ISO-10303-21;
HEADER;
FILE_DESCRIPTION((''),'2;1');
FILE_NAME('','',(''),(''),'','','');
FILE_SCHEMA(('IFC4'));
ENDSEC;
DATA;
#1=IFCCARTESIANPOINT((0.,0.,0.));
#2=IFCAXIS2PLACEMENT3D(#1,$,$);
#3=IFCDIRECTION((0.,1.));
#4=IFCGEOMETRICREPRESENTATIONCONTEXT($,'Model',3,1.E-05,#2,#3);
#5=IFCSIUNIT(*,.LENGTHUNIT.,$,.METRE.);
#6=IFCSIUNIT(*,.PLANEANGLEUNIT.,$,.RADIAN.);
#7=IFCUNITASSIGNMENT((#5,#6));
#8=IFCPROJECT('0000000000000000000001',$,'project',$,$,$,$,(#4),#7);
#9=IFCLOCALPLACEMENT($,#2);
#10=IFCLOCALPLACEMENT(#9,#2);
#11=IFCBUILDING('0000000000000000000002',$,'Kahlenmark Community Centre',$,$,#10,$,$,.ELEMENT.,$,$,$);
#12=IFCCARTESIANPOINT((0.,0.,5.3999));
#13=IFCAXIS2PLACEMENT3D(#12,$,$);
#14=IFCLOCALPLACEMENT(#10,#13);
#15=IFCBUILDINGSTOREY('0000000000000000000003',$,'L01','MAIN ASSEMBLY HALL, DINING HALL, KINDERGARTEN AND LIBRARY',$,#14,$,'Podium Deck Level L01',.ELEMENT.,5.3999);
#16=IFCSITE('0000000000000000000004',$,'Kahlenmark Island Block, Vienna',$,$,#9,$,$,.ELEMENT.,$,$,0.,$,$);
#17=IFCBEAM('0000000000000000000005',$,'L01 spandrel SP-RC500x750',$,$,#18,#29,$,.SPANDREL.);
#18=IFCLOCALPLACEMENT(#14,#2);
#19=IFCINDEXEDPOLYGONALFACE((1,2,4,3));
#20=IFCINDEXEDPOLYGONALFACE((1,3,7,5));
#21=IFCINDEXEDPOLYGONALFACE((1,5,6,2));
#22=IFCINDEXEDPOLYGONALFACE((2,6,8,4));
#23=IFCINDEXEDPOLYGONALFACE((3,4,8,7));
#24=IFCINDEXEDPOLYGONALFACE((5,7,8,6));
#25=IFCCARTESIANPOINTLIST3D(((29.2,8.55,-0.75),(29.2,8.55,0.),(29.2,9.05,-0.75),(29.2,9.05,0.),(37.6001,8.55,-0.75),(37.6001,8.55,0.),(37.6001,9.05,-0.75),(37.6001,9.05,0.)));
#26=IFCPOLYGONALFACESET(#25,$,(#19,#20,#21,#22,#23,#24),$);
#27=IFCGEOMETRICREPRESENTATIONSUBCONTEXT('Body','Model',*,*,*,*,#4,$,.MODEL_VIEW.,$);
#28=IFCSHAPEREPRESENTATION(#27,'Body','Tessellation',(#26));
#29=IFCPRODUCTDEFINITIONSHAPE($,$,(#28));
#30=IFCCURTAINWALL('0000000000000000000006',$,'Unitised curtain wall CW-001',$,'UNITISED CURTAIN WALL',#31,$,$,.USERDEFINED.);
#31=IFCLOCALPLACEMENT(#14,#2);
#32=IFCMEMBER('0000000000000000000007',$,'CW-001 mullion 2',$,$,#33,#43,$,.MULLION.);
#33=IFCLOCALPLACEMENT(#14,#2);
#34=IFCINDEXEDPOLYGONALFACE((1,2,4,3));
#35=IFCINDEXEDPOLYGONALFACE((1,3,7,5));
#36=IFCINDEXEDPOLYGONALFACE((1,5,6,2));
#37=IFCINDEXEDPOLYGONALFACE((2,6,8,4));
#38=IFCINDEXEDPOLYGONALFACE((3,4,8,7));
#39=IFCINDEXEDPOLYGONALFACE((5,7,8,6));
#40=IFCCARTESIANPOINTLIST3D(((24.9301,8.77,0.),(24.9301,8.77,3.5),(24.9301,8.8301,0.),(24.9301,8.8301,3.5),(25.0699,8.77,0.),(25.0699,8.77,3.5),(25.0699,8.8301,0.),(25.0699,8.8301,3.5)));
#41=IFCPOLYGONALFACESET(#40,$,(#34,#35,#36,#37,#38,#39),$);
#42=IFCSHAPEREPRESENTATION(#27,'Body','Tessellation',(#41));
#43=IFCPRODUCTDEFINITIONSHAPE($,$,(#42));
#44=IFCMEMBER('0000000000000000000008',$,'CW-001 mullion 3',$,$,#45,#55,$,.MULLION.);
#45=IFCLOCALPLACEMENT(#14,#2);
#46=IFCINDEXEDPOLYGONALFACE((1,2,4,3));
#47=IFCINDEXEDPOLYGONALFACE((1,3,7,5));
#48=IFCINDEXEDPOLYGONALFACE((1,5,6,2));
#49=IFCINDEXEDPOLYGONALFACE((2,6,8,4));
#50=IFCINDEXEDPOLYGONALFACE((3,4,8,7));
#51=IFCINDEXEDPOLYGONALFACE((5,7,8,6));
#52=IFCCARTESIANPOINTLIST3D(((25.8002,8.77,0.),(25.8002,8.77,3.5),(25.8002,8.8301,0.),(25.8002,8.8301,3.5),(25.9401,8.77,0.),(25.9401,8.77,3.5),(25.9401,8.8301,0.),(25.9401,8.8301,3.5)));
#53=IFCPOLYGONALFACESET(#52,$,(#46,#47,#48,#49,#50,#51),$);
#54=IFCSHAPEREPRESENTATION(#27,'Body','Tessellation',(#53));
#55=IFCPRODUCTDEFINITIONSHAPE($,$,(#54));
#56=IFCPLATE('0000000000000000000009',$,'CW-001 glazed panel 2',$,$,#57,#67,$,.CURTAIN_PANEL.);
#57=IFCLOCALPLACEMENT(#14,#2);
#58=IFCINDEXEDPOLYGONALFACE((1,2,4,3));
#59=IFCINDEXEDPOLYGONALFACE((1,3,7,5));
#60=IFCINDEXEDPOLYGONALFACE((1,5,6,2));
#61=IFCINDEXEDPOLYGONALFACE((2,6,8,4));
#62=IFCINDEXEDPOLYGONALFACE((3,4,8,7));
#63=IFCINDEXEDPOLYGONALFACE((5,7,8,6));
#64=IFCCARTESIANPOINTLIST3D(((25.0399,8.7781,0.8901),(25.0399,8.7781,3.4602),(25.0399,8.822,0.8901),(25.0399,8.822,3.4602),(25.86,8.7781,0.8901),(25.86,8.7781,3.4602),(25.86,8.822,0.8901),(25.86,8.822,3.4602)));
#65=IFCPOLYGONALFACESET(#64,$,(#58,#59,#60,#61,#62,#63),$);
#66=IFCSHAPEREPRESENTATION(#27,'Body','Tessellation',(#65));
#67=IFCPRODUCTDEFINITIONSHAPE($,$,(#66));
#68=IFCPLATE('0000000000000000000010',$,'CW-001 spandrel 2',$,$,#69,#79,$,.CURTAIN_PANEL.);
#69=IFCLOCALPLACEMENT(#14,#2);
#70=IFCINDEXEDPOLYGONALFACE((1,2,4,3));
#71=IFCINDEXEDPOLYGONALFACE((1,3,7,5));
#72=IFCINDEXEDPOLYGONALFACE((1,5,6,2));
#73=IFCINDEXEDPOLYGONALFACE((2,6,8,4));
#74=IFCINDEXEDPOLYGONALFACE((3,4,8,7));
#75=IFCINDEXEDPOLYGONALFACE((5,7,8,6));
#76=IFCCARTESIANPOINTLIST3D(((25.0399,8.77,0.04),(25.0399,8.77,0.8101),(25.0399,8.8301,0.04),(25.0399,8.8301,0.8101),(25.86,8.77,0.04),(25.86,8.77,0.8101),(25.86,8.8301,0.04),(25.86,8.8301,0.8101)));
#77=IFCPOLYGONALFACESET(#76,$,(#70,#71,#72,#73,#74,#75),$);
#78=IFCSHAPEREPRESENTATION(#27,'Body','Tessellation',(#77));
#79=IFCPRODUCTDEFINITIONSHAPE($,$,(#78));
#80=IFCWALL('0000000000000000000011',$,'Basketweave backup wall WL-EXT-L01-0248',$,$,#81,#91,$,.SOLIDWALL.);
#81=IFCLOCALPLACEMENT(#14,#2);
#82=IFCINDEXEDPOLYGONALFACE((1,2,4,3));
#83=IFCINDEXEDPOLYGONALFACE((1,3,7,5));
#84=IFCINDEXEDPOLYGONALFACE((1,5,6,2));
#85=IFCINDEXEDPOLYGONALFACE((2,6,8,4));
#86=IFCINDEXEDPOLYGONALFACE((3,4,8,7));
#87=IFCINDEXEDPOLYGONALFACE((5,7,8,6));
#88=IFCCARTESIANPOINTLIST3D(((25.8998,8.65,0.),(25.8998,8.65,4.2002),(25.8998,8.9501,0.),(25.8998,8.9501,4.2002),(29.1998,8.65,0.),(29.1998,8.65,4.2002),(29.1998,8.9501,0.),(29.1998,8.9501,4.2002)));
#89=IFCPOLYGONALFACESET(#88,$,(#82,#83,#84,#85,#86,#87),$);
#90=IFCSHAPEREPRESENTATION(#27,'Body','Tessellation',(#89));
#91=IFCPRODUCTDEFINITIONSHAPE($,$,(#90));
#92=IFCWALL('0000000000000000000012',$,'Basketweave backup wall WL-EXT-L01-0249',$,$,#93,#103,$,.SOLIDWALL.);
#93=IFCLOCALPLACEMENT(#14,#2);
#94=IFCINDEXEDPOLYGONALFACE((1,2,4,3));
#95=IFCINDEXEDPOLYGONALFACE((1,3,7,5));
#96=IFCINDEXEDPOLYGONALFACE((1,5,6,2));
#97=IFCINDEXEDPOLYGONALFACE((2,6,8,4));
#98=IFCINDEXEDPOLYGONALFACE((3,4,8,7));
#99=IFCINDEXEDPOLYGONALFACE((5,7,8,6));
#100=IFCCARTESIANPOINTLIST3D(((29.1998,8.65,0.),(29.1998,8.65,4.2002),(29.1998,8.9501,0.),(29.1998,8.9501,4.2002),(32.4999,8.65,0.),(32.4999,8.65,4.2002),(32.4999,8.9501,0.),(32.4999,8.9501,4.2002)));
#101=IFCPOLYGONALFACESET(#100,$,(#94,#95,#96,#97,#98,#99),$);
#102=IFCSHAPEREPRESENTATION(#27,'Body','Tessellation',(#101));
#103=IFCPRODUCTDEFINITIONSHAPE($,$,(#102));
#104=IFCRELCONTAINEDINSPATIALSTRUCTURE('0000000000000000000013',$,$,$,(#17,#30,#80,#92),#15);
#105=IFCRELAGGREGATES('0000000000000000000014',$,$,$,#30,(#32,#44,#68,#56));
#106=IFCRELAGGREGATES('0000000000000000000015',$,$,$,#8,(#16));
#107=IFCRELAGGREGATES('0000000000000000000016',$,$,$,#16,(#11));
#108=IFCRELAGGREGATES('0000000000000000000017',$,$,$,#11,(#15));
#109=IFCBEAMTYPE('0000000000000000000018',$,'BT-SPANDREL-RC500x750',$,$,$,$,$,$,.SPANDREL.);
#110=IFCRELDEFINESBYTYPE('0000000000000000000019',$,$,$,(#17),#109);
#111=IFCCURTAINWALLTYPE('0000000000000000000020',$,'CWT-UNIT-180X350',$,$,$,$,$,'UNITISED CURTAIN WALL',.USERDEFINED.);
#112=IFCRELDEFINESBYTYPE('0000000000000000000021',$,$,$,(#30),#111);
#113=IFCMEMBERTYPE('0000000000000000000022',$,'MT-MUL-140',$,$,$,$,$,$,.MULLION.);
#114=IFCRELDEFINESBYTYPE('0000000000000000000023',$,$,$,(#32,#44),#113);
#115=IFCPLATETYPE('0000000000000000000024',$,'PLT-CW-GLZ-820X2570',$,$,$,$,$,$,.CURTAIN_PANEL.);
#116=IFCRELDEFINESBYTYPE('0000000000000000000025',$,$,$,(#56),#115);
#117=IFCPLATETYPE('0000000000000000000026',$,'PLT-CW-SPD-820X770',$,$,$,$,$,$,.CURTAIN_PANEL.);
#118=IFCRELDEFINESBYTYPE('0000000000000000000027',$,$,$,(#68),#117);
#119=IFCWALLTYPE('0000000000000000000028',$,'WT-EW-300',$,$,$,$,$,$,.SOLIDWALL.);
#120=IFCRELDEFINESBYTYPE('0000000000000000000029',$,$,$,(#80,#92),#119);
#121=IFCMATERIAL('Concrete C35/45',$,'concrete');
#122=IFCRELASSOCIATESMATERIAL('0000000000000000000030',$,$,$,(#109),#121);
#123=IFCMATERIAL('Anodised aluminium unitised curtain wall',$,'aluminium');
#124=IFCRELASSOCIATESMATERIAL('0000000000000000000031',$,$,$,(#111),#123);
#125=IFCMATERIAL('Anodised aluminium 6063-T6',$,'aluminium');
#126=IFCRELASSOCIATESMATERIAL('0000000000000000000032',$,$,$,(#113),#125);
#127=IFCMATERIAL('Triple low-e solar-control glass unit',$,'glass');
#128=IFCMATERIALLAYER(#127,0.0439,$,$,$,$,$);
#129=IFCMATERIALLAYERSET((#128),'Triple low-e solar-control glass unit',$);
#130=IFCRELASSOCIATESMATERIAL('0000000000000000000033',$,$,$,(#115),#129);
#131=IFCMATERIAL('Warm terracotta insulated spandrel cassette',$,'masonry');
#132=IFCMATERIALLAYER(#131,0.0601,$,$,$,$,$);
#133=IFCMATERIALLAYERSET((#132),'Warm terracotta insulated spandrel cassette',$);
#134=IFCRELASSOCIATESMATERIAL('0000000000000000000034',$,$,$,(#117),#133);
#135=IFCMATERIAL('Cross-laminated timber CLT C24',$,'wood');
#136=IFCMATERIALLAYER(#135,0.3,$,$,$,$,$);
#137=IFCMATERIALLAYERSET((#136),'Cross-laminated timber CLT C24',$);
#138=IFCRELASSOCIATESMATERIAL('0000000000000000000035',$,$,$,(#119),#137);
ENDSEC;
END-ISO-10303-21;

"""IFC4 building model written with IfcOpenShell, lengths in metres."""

from ifc_helpers import new_model, si_unit, direction, frame, frame_2d, origin, origin_2d, place, context, subcontext, project, spatial, rectangle, extrude, material, layer, layer_set, material_profile, profile_set, type_object, element, aggregate, save


model = new_model("IFC4")

# Units and contexts
model_context = context("Model", 3, precision=1e-05, world=origin(), true_north=direction((0.0, 1.0)))
body_context = subcontext(model_context, "Body", "Model", "MODEL_VIEW")
ifc_project = project(units=[si_unit("LENGTHUNIT", "METRE"), si_unit("PLANEANGLEUNIT", "RADIAN")], contexts=[model_context])

# Site, building, storey
site_placement = place(None, origin())
site = spatial("IfcSite", under=ifc_project, at=site_placement, Name="Kahlenmark Island Block, Vienna", CompositionType="ELEMENT", RefElevation=0.0)
building_placement = place(site_placement, origin())
building = spatial("IfcBuilding", under=site, at=building_placement, Name="Kahlenmark Community Centre", CompositionType="ELEMENT")
storey_placement = place(building_placement, frame((0.0, 0.0, 5.3999)))
storey = spatial("IfcBuildingStorey", under=building, at=storey_placement, Name="L01", Description="MAIN ASSEMBLY HALL, DINING HALL, KINDERGARTEN AND LIBRARY", LongName="Podium Deck Level L01", CompositionType="ELEMENT", Elevation=5.3999)

# Beam
ifc_material_1 = material(Name="Concrete C35/45", Category="concrete")
ifc_material_profile_1 = material_profile(ifc_material_1, rectangle(XDim=0.5, YDim=0.75, at=origin_2d()), Name="RC 500x750")
ifc_profile_set_1 = profile_set([ifc_material_profile_1], Name="Concrete C35/45")
beam_type_1 = type_object("IfcBeamType", Name="BT-SPANDREL-RC500x750", PredefinedType="SPANDREL", material=ifc_profile_set_1)
beam_1_placement = place(storey_placement, frame((29.2, 8.8, -0.375), z_axis=(1.0, 0.0, 0.0), x_axis=(0.0, 1.0, 0.0)))
element("IfcBeam", 1, at=beam_1_placement, inside=storey, type_object=beam_type_1, Name="L01 spandrel SP-RC500x750", PredefinedType="SPANDREL", context=body_context, shape_type="SweptSolid", body=[
    extrude(rectangle(XDim=0.5, YDim=0.75, at=origin_2d()), origin(), (0.0, 0.0, 1.0), 8.4001),
])

# Curtain wall, members, plates
ifc_material_2 = material(Name="Anodised aluminium unitised curtain wall", Category="aluminium")
curtain_wall_type = type_object("IfcCurtainWallType", Name="CWT-UNIT-180X350", ElementType="UNITISED CURTAIN WALL", PredefinedType="USERDEFINED", material=ifc_material_2)
curtain_wall_placement = place(storey_placement, origin())
curtain_wall = element("IfcCurtainWall", 2, at=curtain_wall_placement, inside=storey, type_object=curtain_wall_type, Name="Unitised curtain wall CW-001", ObjectType="UNITISED CURTAIN WALL", PredefinedType="USERDEFINED")
ifc_material_3 = material(Name="Anodised aluminium 6063-T6", Category="aluminium")
ifc_material_profile_2 = material_profile(ifc_material_3, rectangle(XDim=0.0601, YDim=0.1399, at=origin_2d()), Name="ALU MULLION 60x140")
ifc_profile_set_2 = profile_set([ifc_material_profile_2], Name="Anodised aluminium 6063-T6")
member_type = type_object("IfcMemberType", Name="MT-MUL-140", PredefinedType="MULLION", material=ifc_profile_set_2)
member_1_placement = place(storey_placement, frame((25.0, 8.8, 0.0), z_axis=(0.0, 0.0, 1.0), x_axis=(0.0, 1.0, 0.0)))
member_1 = element("IfcMember", 3, at=member_1_placement, type_object=member_type, Name="CW-001 mullion 2", PredefinedType="MULLION", context=body_context, shape_type="SweptSolid", body=[
    extrude(rectangle(XDim=0.0601, YDim=0.1399, at=origin_2d()), origin(), (0.0, 0.0, 1.0), 3.5),
])
member_2_placement = place(storey_placement, frame((25.8701, 8.8, 0.0), z_axis=(0.0, 0.0, 1.0), x_axis=(0.0, 1.0, 0.0)))
member_2 = element("IfcMember", 4, at=member_2_placement, type_object=member_type, Name="CW-001 mullion 3", PredefinedType="MULLION", context=body_context, shape_type="SweptSolid", body=[
    extrude(rectangle(XDim=0.0601, YDim=0.1399, at=origin_2d()), origin(), (0.0, 0.0, 1.0), 3.5),
])
ifc_material_4 = material(Name="Triple low-e solar-control glass unit", Category="glass")
ifc_layer_1 = layer(ifc_material_4, 0.0439)
ifc_layer_set_1 = layer_set([ifc_layer_1], Name="Triple low-e solar-control glass unit")
plate_type_1 = type_object("IfcPlateType", Name="PLT-CW-GLZ-820X2570", PredefinedType="CURTAIN_PANEL", material=ifc_layer_set_1)
plate_1_placement = place(storey_placement, frame((25.45, 8.8, 0.8901), z_axis=(0.0, 0.0, 1.0), x_axis=(1.0, 0.0, 0.0)))
plate_1 = element("IfcPlate", 5, at=plate_1_placement, type_object=plate_type_1, Name="CW-001 glazed panel 2", PredefinedType="CURTAIN_PANEL", context=body_context, shape_type="SweptSolid", body=[
    extrude(rectangle(XDim=0.8201, YDim=0.0439, at=origin_2d()), origin(), (0.0, 0.0, 1.0), 2.5701),
])
ifc_material_5 = material(Name="Warm terracotta insulated spandrel cassette", Category="masonry")
ifc_layer_2 = layer(ifc_material_5, 0.0601)
ifc_layer_set_2 = layer_set([ifc_layer_2], Name="Warm terracotta insulated spandrel cassette")
plate_type_2 = type_object("IfcPlateType", Name="PLT-CW-SPD-820X770", PredefinedType="CURTAIN_PANEL", material=ifc_layer_set_2)
plate_2_placement = place(storey_placement, frame((25.45, 8.8, 0.04), z_axis=(0.0, 0.0, 1.0), x_axis=(1.0, 0.0, 0.0)))
plate_2 = element("IfcPlate", 6, at=plate_2_placement, type_object=plate_type_2, Name="CW-001 spandrel 2", PredefinedType="CURTAIN_PANEL", context=body_context, shape_type="SweptSolid", body=[
    extrude(rectangle(XDim=0.8201, YDim=0.0601, at=origin_2d()), origin(), (0.0, 0.0, 1.0), 0.77),
])
aggregate(curtain_wall, [member_1, member_2, plate_2, plate_1])

# Walls
ifc_material_6 = material(Name="Cross-laminated timber CLT C24", Category="wood")
ifc_layer_3 = layer(ifc_material_6, 0.3)
ifc_layer_set_3 = layer_set([ifc_layer_3], Name="Cross-laminated timber CLT C24")
wall_type = type_object("IfcWallType", Name="WT-EW-300", PredefinedType="SOLIDWALL", material=ifc_layer_set_3)
for number, where, z_axis, x_axis, name in (
    (7, (25.8999, 8.8, 0.0), (0.0, 0.0, 1.0), (1.0, 0.0, 0.0), "Basketweave backup wall WL-EXT-L01-0248"),
    (8, (29.2, 8.8, 0.0), (0.0, 0.0, 1.0), (1.0, 0.0, 0.0), "Basketweave backup wall WL-EXT-L01-0249"),
):
    element("IfcWall", number, at=place(storey_placement, frame(where, z_axis=z_axis, x_axis=x_axis)), inside=storey, type_object=wall_type, Name=name, PredefinedType="SOLIDWALL", context=body_context, shape_type="SweptSolid", body=[
        extrude(rectangle(XDim=3.3, YDim=0.3, at=frame_2d((1.6499, 0.0))), origin(), (0.0, 0.0, 1.0), 4.2002),
    ])

save(model, "model.ifc")
